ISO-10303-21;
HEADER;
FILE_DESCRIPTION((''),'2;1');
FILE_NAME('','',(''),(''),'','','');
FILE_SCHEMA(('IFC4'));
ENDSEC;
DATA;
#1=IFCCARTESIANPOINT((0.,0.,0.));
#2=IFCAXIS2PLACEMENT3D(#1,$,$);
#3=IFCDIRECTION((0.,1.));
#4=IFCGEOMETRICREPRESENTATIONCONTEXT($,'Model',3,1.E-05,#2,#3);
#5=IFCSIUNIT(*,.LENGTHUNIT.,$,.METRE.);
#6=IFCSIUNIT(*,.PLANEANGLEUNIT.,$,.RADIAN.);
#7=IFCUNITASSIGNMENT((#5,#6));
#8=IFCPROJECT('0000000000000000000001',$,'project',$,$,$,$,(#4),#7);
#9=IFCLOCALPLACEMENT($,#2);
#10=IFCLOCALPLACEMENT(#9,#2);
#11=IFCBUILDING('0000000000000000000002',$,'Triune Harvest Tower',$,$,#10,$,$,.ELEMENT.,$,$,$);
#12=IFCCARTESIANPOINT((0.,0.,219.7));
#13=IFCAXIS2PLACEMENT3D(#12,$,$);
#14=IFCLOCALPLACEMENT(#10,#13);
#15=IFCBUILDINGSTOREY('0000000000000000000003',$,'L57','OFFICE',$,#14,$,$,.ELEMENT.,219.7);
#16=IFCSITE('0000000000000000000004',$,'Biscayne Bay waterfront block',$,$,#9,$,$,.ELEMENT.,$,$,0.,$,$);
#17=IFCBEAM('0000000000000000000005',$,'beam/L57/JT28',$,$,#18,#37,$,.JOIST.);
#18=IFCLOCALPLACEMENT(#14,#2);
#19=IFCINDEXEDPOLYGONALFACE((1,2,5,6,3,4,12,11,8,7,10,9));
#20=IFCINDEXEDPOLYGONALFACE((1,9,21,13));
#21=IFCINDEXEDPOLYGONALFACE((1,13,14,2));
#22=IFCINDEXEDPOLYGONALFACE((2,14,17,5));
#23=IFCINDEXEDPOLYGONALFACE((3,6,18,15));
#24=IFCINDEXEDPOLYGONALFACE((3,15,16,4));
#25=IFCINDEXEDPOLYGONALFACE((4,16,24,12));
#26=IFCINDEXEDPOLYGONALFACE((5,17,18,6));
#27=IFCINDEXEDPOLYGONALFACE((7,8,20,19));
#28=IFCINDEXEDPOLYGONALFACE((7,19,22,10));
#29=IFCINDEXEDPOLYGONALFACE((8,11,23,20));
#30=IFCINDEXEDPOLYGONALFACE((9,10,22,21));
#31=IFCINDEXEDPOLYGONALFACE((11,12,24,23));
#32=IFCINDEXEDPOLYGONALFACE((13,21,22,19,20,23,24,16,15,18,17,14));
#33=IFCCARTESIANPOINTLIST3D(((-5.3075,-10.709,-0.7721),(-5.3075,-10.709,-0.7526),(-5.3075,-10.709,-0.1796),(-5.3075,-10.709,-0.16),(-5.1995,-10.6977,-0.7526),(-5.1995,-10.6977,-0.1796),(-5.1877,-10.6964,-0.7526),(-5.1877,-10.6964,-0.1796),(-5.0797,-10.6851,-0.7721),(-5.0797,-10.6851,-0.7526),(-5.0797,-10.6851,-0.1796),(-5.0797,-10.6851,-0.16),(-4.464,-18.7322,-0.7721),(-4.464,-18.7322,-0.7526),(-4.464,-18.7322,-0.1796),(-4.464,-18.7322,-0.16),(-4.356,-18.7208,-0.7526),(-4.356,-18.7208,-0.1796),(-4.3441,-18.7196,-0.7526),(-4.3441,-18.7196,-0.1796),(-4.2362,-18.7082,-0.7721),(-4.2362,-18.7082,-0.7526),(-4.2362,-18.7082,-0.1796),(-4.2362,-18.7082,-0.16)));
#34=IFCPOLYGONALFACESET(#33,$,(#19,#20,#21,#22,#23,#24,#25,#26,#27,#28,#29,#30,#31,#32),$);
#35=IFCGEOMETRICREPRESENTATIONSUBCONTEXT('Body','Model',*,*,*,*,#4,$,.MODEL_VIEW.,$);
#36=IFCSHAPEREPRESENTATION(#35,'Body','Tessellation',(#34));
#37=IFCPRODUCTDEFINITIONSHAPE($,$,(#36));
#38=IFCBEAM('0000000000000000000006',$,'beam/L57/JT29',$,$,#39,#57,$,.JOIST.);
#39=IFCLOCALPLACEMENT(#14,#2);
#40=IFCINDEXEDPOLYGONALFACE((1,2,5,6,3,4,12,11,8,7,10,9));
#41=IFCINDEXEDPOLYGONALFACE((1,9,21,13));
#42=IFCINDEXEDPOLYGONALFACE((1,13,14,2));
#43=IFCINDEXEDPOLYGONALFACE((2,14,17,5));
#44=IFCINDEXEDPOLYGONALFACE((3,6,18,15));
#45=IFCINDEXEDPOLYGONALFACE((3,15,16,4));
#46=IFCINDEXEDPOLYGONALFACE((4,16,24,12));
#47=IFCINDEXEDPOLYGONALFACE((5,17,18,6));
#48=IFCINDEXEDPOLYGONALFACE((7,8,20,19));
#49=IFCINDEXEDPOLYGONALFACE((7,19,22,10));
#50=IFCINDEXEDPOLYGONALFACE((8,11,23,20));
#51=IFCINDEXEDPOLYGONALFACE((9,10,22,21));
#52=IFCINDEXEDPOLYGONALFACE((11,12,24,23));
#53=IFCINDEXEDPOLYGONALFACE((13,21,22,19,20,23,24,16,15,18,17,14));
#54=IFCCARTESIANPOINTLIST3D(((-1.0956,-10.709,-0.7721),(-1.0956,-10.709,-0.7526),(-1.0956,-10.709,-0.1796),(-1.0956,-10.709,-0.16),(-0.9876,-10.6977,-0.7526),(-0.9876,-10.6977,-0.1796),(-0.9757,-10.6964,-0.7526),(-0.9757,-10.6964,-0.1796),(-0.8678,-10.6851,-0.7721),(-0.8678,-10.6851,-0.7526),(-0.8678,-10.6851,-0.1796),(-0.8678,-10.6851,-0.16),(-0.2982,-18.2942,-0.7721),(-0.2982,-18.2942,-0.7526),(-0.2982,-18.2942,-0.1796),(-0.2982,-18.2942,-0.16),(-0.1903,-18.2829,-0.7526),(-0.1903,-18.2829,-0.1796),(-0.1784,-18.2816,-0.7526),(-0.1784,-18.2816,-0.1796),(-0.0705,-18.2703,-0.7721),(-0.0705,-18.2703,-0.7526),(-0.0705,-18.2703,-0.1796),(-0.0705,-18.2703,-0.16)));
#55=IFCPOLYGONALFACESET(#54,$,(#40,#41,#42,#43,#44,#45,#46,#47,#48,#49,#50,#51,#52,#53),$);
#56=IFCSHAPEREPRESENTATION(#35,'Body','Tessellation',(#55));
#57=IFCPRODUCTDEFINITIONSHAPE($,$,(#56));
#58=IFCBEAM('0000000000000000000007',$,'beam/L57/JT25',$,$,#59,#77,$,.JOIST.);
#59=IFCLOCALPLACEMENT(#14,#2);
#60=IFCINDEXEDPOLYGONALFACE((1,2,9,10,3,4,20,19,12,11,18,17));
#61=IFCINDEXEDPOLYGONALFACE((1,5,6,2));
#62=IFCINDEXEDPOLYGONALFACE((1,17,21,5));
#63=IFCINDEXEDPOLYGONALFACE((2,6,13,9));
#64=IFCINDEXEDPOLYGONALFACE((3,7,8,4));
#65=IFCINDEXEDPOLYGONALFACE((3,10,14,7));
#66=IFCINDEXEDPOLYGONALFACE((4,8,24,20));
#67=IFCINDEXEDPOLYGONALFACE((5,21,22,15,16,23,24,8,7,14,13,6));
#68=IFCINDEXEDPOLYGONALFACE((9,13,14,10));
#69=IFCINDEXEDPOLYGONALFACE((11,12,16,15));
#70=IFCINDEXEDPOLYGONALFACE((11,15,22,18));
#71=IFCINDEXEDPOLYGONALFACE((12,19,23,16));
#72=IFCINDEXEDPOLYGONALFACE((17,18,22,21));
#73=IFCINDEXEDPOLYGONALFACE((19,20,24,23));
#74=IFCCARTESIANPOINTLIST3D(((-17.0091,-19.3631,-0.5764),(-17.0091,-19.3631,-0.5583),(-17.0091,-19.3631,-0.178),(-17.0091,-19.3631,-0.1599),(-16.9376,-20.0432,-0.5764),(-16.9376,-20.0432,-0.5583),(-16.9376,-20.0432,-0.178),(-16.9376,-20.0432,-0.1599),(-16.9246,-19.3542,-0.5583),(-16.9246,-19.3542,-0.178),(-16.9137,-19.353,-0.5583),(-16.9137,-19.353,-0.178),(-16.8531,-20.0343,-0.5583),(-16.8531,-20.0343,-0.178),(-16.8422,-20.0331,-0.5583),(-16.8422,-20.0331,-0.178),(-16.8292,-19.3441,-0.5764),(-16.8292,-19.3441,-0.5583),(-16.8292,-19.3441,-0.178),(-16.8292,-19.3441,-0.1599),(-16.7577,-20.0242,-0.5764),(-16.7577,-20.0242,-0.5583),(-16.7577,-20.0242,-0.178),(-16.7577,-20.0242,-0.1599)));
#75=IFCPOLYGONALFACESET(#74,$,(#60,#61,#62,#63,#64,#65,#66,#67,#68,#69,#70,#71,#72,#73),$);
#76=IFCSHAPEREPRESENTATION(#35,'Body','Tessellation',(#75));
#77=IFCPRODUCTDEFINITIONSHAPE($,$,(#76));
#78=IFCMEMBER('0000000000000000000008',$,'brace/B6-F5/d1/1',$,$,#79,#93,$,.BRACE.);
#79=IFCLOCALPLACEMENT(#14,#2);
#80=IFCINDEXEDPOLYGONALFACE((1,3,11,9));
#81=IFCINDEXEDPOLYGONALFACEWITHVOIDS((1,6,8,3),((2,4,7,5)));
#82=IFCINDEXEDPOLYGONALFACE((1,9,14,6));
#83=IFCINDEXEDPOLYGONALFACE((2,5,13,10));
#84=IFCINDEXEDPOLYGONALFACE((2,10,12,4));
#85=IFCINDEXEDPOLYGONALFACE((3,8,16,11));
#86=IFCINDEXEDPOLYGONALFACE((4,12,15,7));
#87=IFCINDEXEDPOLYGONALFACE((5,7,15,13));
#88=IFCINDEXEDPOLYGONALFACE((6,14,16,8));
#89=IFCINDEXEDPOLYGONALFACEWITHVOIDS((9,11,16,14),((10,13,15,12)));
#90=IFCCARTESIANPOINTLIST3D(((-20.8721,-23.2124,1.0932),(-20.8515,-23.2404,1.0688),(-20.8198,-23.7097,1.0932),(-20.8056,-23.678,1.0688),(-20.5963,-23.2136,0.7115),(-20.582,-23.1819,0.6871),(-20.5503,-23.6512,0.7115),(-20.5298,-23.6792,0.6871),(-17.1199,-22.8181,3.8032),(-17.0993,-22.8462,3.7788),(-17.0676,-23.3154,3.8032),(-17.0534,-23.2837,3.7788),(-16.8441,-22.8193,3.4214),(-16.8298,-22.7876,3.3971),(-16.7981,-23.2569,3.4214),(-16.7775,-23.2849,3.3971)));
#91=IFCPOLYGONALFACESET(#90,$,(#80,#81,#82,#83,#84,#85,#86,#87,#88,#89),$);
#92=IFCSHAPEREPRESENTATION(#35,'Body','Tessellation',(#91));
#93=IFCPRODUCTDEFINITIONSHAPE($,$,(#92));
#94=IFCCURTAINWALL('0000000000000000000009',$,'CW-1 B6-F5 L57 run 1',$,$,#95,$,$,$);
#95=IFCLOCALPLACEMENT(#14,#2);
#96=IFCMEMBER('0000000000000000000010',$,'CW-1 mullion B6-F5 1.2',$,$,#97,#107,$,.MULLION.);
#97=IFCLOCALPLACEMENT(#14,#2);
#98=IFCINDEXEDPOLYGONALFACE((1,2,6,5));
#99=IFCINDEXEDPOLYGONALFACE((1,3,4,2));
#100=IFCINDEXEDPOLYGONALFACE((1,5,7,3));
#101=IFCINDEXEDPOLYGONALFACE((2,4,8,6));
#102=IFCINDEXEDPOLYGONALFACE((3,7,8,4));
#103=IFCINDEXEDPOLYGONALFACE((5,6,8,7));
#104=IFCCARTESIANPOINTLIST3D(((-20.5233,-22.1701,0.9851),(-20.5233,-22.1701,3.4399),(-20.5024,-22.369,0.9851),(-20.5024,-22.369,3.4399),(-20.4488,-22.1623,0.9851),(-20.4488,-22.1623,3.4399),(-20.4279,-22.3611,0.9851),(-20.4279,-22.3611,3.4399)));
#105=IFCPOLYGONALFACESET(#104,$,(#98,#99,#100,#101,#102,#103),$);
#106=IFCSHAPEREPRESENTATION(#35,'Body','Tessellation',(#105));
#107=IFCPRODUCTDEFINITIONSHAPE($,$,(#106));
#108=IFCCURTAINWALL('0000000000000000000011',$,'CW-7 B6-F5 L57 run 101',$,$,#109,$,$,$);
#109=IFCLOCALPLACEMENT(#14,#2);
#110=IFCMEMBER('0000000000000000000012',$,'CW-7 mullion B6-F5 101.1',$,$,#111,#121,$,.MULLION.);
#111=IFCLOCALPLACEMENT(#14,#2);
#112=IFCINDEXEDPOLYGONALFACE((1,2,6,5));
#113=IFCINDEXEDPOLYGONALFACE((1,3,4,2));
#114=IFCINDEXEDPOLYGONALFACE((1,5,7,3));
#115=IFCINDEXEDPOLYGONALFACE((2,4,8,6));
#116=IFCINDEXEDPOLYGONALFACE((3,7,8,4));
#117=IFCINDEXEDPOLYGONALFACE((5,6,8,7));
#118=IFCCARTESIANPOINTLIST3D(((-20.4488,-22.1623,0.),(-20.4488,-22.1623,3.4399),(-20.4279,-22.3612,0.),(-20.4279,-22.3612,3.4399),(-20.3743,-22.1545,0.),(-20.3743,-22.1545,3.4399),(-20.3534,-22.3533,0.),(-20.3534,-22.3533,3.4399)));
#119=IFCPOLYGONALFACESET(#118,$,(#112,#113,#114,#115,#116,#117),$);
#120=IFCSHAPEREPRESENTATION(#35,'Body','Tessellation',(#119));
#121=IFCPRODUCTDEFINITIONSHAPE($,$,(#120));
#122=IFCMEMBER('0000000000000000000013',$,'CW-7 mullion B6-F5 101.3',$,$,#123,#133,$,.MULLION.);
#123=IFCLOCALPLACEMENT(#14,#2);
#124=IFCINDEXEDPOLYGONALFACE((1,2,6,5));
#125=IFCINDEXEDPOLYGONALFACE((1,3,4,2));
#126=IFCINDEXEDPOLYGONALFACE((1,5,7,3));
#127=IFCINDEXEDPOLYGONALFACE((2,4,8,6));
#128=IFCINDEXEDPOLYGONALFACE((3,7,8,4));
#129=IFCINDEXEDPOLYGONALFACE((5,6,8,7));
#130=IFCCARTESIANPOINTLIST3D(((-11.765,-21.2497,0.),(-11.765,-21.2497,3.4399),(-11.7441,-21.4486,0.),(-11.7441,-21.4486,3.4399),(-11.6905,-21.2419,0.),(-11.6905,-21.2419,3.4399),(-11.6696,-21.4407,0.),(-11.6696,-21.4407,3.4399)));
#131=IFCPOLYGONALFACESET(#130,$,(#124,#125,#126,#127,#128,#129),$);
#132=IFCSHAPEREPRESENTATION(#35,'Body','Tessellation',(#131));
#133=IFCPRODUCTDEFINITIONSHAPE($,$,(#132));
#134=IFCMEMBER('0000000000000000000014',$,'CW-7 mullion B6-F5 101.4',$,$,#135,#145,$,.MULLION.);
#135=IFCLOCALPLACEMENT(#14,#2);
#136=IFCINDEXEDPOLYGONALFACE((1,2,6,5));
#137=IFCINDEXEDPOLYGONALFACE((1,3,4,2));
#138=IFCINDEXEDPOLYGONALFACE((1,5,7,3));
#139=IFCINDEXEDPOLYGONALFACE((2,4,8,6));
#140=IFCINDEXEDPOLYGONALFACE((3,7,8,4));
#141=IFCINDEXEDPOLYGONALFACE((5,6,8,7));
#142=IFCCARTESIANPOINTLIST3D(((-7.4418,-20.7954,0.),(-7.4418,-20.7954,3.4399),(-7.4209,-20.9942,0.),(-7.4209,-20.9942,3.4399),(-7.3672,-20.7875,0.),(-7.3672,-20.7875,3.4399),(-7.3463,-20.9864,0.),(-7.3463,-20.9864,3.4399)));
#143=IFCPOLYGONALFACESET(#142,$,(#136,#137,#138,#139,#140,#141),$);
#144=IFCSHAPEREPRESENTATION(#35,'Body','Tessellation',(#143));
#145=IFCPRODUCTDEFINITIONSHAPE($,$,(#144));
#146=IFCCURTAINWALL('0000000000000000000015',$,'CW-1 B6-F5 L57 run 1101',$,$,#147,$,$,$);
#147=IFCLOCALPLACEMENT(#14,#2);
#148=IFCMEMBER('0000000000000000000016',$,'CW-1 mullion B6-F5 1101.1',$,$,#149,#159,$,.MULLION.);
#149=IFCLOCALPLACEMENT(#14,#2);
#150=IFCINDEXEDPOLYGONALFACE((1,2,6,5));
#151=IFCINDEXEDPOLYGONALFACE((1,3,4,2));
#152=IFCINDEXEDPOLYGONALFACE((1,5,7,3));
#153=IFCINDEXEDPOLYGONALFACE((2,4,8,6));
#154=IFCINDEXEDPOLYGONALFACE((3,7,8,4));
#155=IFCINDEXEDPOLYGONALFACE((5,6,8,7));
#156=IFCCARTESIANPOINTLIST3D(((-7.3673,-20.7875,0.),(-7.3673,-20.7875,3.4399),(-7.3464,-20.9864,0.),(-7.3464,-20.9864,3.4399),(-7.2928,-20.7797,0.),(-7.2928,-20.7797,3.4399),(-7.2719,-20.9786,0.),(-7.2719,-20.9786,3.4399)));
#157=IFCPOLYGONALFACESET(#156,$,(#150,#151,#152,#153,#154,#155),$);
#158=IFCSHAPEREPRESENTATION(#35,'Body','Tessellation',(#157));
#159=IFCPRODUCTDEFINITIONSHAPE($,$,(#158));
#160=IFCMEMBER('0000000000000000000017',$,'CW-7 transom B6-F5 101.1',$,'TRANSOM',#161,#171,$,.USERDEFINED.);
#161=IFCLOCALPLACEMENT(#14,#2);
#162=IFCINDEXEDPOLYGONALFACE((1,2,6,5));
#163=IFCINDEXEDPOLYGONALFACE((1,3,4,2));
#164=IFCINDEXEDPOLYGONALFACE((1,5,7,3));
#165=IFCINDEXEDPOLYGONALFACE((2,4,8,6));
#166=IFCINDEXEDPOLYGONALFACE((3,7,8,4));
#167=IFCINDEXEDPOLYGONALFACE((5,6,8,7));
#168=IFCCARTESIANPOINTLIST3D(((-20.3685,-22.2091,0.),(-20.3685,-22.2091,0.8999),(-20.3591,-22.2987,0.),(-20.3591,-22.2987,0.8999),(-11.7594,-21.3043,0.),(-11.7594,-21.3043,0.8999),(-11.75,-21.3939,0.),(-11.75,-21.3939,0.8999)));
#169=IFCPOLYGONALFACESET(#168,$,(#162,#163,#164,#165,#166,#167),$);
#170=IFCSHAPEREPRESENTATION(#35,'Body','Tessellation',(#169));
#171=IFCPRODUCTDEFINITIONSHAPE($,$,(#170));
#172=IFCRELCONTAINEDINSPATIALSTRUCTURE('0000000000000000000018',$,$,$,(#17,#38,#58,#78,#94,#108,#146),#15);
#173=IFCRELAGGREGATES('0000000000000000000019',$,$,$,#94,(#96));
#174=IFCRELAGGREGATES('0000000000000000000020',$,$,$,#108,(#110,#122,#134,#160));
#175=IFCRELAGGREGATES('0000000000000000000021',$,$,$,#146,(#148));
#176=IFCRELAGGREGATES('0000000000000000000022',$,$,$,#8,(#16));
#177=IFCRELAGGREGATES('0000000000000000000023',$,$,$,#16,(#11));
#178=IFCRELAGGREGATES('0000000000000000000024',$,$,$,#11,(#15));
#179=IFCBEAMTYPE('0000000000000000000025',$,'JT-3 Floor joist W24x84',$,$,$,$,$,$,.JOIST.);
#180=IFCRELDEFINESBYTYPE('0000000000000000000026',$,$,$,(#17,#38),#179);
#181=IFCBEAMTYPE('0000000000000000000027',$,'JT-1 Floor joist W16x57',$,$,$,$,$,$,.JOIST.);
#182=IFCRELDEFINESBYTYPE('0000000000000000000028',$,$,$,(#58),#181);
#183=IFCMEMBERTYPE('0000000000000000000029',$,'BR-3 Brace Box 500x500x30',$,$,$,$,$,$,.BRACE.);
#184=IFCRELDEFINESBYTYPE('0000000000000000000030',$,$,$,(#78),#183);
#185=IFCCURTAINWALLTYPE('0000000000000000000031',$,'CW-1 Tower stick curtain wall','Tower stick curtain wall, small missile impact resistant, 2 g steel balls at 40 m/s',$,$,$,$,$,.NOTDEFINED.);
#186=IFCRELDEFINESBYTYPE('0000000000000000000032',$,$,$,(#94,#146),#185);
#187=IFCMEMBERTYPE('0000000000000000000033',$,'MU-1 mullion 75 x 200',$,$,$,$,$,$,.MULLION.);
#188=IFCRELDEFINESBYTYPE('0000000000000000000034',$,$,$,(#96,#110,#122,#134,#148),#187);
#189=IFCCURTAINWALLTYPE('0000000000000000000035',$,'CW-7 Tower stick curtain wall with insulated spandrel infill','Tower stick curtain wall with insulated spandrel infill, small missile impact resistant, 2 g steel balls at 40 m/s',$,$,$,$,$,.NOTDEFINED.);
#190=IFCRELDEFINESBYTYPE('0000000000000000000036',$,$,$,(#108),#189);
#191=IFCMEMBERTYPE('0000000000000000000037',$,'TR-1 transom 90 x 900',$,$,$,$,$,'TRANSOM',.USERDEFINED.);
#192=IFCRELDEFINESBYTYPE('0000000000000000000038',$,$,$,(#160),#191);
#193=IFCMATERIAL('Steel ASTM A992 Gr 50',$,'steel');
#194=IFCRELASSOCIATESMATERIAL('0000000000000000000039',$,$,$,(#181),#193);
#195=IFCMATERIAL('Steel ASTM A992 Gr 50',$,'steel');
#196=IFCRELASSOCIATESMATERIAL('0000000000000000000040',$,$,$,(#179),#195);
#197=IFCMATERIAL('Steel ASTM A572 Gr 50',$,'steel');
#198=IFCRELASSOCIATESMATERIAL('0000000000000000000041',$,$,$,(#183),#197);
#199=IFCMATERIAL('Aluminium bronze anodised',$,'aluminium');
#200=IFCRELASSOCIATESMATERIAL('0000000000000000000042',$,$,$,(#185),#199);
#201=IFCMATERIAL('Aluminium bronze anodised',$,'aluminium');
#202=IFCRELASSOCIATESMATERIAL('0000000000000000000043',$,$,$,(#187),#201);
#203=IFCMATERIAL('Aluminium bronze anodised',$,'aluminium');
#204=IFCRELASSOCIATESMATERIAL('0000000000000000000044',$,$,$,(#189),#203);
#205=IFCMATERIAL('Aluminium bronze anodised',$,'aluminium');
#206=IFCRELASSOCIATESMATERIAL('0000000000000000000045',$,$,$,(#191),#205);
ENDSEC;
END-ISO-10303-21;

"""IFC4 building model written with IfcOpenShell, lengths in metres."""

from ifc_helpers import new_model, si_unit, direction, frame, origin, origin_2d, place, context, subcontext, project, spatial, rectangle, hollow_rectangle, i_section, extrude, source, transform, mapped, material, material_profile, profile_set, type_object, element, aggregate, save


model = new_model("IFC4")

# Units and contexts
model_context = context("Model", 3, precision=1e-05, world=origin(), true_north=direction((0.0, 1.0)))
body_context = subcontext(model_context, "Body", "Model", "MODEL_VIEW")
ifc_project = project(units=[si_unit("LENGTHUNIT", "METRE"), si_unit("PLANEANGLEUNIT", "RADIAN")], contexts=[model_context])

# Site, building, storey
site_placement = place(None, origin())
site = spatial("IfcSite", under=ifc_project, at=site_placement, Name="Biscayne Bay waterfront block", CompositionType="ELEMENT", RefElevation=0.0)
building_placement = place(site_placement, origin())
building = spatial("IfcBuilding", under=site, at=building_placement, Name="Triune Harvest Tower", CompositionType="ELEMENT")
storey_placement = place(building_placement, frame((0.0, 0.0, 219.7)))
storey = spatial("IfcBuildingStorey", under=building, at=storey_placement, Name="L57", Description="OFFICE", CompositionType="ELEMENT", Elevation=219.7)

# Beams
ifc_material_1 = material(Name="Steel ASTM A992 Gr 50", Category="steel")
ifc_material_profile_1 = material_profile(ifc_material_1, i_section(OverallWidth=0.1809, OverallDepth=0.4165, WebThickness=0.011, FlangeThickness=0.0181, at=origin_2d()), Name="W16x57")
ifc_profile_set_1 = profile_set([ifc_material_profile_1], Name="Steel ASTM A992 Gr 50")
beam_type_1 = type_object("IfcBeamType", Name="JT-1 Floor joist W16x57", PredefinedType="JOIST", material=ifc_profile_set_1)
ifc_material_2 = material(Name="Steel ASTM A992 Gr 50", Category="steel")
ifc_material_profile_2 = material_profile(ifc_material_2, i_section(OverallWidth=0.229, OverallDepth=0.6121, WebThickness=0.012, FlangeThickness=0.0195, at=origin_2d()), Name="W24x84")
ifc_profile_set_2 = profile_set([ifc_material_profile_2], Name="Steel ASTM A992 Gr 50")
beam_type_2 = type_object("IfcBeamType", Name="JT-3 Floor joist W24x84", PredefinedType="JOIST", material=ifc_profile_set_2)
shared_shape_1 = source(origin(), body_context, "Body", "SweptSolid", [
    extrude(i_section(OverallWidth=0.229, OverallDepth=0.6121, WebThickness=0.012, FlangeThickness=0.0195, at=origin_2d()), origin(), (0.0, 0.0, 1.0), 8.0674),
])
beam_1_placement = place(storey_placement, frame((-4.3501, -18.7202, -0.4661), z_axis=(-0.104557, 0.994519, 0.0), x_axis=(-0.994519, -0.104557, 0.0)))
element("IfcBeam", 1, at=beam_1_placement, inside=storey, type_object=beam_type_2, Name="beam/L57/JT28", PredefinedType="JOIST", context=body_context, shape_type="MappedRepresentation", body=[
    mapped(shared_shape_1, transform((0.0, 0.0, 0.0), scale=1.0)),
])
shared_shape_2 = source(origin(), body_context, "Body", "SweptSolid", [
    extrude(i_section(OverallWidth=0.229, OverallDepth=0.6121, WebThickness=0.012, FlangeThickness=0.0195, at=origin_2d()), origin(), (0.0, 0.0, 1.0), 7.627),
])
beam_2_placement = place(storey_placement, frame((-0.1843, -18.2822, -0.4661), z_axis=(-0.104545, 0.99452, 0.0), x_axis=(-0.99452, -0.104545, 0.0)))
element("IfcBeam", 2, at=beam_2_placement, inside=storey, type_object=beam_type_2, Name="beam/L57/JT29", PredefinedType="JOIST", context=body_context, shape_type="MappedRepresentation", body=[
    mapped(shared_shape_2, transform((0.0, 0.0, 0.0), scale=1.0)),
])
shared_shape_3 = source(origin(), body_context, "Body", "SweptSolid", [
    extrude(i_section(OverallWidth=0.1809, OverallDepth=0.4165, WebThickness=0.011, FlangeThickness=0.0181, at=origin_2d()), origin(), (0.0, 0.0, 1.0), 0.6838),
])
beam_3_placement = place(storey_placement, frame((-16.8477, -20.0337, -0.3682), z_axis=(-0.104592, 0.994515, 0.0), x_axis=(-0.994515, -0.104592, 0.0)))
element("IfcBeam", 3, at=beam_3_placement, inside=storey, type_object=beam_type_1, Name="beam/L57/JT25", PredefinedType="JOIST", context=body_context, shape_type="MappedRepresentation", body=[
    mapped(shared_shape_3, transform((0.0, 0.0, 0.0), scale=1.0)),
])

# Member
ifc_material_3 = material(Name="Steel ASTM A572 Gr 50", Category="steel")
ifc_material_profile_3 = material_profile(ifc_material_3, hollow_rectangle(XDim=0.5, YDim=0.5, WallThickness=0.03, at=origin_2d()), Name="Box 500x500x30")
ifc_profile_set_3 = profile_set([ifc_material_profile_3], Name="Steel ASTM A572 Gr 50")
member_type_1 = type_object("IfcMemberType", Name="BR-3 Brace Box 500x500x30", PredefinedType="BRACE", material=ifc_profile_set_3)
shared_shape_4 = source(origin(), body_context, "Body", "SweptSolid", [
    extrude(hollow_rectangle(XDim=0.5, YDim=0.5, WallThickness=0.03, at=origin_2d()), origin(), (0.0, 0.0, 1.0), 4.6453),
])
member_1_placement = place(storey_placement, frame((-20.7009, -23.4458, 0.8901), z_axis=(0.807749, 0.08488, 0.583383), x_axis=(-0.104506, 0.994524, 0.0)))
element("IfcMember", 4, at=member_1_placement, inside=storey, type_object=member_type_1, Name="brace/B6-F5/d1/1", PredefinedType="BRACE", context=body_context, shape_type="MappedRepresentation", body=[
    mapped(shared_shape_4, transform((0.0, 0.0, 0.0), scale=1.0)),
])

# Curtain wall, member
ifc_material_4 = material(Name="Aluminium bronze anodised", Category="aluminium")
curtain_wall_type_1 = type_object("IfcCurtainWallType", Name="CW-1 Tower stick curtain wall", Description="Tower stick curtain wall, small missile impact resistant, 2 g steel balls at 40 m/s", PredefinedType="NOTDEFINED", material=ifc_material_4)
curtain_wall_1_placement = place(storey_placement, origin())
curtain_wall_1 = element("IfcCurtainWall", 5, at=curtain_wall_1_placement, inside=storey, type_object=curtain_wall_type_1, Name="CW-1 B6-F5 L57 run 1")
ifc_material_5 = material(Name="Aluminium bronze anodised", Category="aluminium")
ifc_material_profile_4 = material_profile(ifc_material_5, rectangle(XDim=0.2, YDim=0.075, at=origin_2d()), Name="MU-1 mullion 75 x 200")
ifc_profile_set_4 = profile_set([ifc_material_profile_4], Name="Aluminium bronze anodised")
member_type_2 = type_object("IfcMemberType", Name="MU-1 mullion 75 x 200", PredefinedType="MULLION", material=ifc_profile_set_4)
shared_shape_5 = source(origin(), body_context, "Body", "SweptSolid", [
    extrude(rectangle(XDim=0.2, YDim=0.075, at=origin_2d()), origin(), (0.0, 0.0, 1.0), 2.4548),
])
member_2_placement = place(storey_placement, frame((-20.4756, -22.2656, 0.9851), z_axis=(0.0, 0.0, 1.0), x_axis=(-0.104539, 0.994521, 0.0)))
member_2 = element("IfcMember", 6, at=member_2_placement, type_object=member_type_2, Name="CW-1 mullion B6-F5 1.2", PredefinedType="MULLION", context=body_context, shape_type="MappedRepresentation", body=[
    mapped(shared_shape_5, transform((0.0, 0.0, 0.0), scale=1.0)),
])
aggregate(curtain_wall_1, [member_2])

# Curtain wall, members
ifc_material_6 = material(Name="Aluminium bronze anodised", Category="aluminium")
curtain_wall_type_2 = type_object("IfcCurtainWallType", Name="CW-7 Tower stick curtain wall with insulated spandrel infill", Description="Tower stick curtain wall with insulated spandrel infill, small missile impact resistant, 2 g steel balls at 40 m/s", PredefinedType="NOTDEFINED", material=ifc_material_6)
curtain_wall_2_placement = place(storey_placement, origin())
curtain_wall_2 = element("IfcCurtainWall", 7, at=curtain_wall_2_placement, inside=storey, type_object=curtain_wall_type_2, Name="CW-7 B6-F5 L57 run 101")
shared_shape_6 = source(origin(), body_context, "Body", "SweptSolid", [
    extrude(rectangle(XDim=0.2, YDim=0.075, at=origin_2d()), origin(), (0.0, 0.0, 1.0), 3.4399),
])
member_3_placement = place(storey_placement, frame((-20.4011, -22.2578, 0.0), z_axis=(0.0, 0.0, 1.0), x_axis=(-0.104527, 0.994522, 0.0)))
member_3 = element("IfcMember", 8, at=member_3_placement, type_object=member_type_2, Name="CW-7 mullion B6-F5 101.1", PredefinedType="MULLION", context=body_context, shape_type="MappedRepresentation", body=[
    mapped(shared_shape_6, transform((0.0, 0.0, 0.0), scale=1.0)),
])
member_4_placement = place(storey_placement, frame((-11.7173, -21.3452, 0.0), z_axis=(0.0, 0.0, 1.0), x_axis=(-0.104527, 0.994522, 0.0)))
member_4 = element("IfcMember", 9, at=member_4_placement, type_object=member_type_2, Name="CW-7 mullion B6-F5 101.3", PredefinedType="MULLION", context=body_context, shape_type="MappedRepresentation", body=[
    mapped(shared_shape_6, transform((0.0, 0.0, 0.0), scale=1.0)),
])
member_5_placement = place(storey_placement, frame((-7.394, -20.8909, 0.0), z_axis=(0.0, 0.0, 1.0), x_axis=(-0.104527, 0.994522, 0.0)))
member_5 = element("IfcMember", 10, at=member_5_placement, type_object=member_type_2, Name="CW-7 mullion B6-F5 101.4", PredefinedType="MULLION", context=body_context, shape_type="MappedRepresentation", body=[
    mapped(shared_shape_6, transform((0.0, 0.0, 0.0), scale=1.0)),
])

# Curtain wall, member
curtain_wall_3_placement = place(storey_placement, origin())
curtain_wall_3 = element("IfcCurtainWall", 11, at=curtain_wall_3_placement, inside=storey, type_object=curtain_wall_type_1, Name="CW-1 B6-F5 L57 run 1101")
member_6_placement = place(storey_placement, frame((-7.3196, -20.8831, 0.0), z_axis=(0.0, 0.0, 1.0), x_axis=(-0.104533, 0.994521, 0.0)))
member_6 = element("IfcMember", 12, at=member_6_placement, type_object=member_type_2, Name="CW-1 mullion B6-F5 1101.1", PredefinedType="MULLION", context=body_context, shape_type="MappedRepresentation", body=[
    mapped(shared_shape_6, transform((0.0, 0.0, 0.0), scale=1.0)),
])

# Member
ifc_material_7 = material(Name="Aluminium bronze anodised", Category="aluminium")
ifc_material_profile_5 = material_profile(ifc_material_7, rectangle(XDim=0.0901, YDim=0.8999, at=origin_2d()), Name="TR-1 transom 90 x 900")
ifc_profile_set_5 = profile_set([ifc_material_profile_5], Name="Aluminium bronze anodised")
member_type_3 = type_object("IfcMemberType", Name="TR-1 transom 90 x 900", ElementType="TRANSOM", PredefinedType="USERDEFINED", material=ifc_profile_set_5)
shared_shape_7 = source(origin(), body_context, "Body", "SweptSolid", [
    extrude(rectangle(XDim=0.0901, YDim=0.8999, at=origin_2d()), origin(), (0.0, 0.0, 1.0), 8.6565),
])
member_7_placement = place(storey_placement, frame((-20.3638, -22.2539, 0.45), z_axis=(0.994523, 0.10452, 0.0), x_axis=(-0.10452, 0.994523, 0.0)))
member_7 = element("IfcMember", 13, at=member_7_placement, type_object=member_type_3, Name="CW-7 transom B6-F5 101.1", ObjectType="TRANSOM", PredefinedType="USERDEFINED", context=body_context, shape_type="MappedRepresentation", body=[
    mapped(shared_shape_7, transform((0.0, 0.0, 0.0), scale=1.0)),
])

aggregate(curtain_wall_2, [member_3, member_4, member_5, member_7])
aggregate(curtain_wall_3, [member_6])

save(model, "model.ifc")
